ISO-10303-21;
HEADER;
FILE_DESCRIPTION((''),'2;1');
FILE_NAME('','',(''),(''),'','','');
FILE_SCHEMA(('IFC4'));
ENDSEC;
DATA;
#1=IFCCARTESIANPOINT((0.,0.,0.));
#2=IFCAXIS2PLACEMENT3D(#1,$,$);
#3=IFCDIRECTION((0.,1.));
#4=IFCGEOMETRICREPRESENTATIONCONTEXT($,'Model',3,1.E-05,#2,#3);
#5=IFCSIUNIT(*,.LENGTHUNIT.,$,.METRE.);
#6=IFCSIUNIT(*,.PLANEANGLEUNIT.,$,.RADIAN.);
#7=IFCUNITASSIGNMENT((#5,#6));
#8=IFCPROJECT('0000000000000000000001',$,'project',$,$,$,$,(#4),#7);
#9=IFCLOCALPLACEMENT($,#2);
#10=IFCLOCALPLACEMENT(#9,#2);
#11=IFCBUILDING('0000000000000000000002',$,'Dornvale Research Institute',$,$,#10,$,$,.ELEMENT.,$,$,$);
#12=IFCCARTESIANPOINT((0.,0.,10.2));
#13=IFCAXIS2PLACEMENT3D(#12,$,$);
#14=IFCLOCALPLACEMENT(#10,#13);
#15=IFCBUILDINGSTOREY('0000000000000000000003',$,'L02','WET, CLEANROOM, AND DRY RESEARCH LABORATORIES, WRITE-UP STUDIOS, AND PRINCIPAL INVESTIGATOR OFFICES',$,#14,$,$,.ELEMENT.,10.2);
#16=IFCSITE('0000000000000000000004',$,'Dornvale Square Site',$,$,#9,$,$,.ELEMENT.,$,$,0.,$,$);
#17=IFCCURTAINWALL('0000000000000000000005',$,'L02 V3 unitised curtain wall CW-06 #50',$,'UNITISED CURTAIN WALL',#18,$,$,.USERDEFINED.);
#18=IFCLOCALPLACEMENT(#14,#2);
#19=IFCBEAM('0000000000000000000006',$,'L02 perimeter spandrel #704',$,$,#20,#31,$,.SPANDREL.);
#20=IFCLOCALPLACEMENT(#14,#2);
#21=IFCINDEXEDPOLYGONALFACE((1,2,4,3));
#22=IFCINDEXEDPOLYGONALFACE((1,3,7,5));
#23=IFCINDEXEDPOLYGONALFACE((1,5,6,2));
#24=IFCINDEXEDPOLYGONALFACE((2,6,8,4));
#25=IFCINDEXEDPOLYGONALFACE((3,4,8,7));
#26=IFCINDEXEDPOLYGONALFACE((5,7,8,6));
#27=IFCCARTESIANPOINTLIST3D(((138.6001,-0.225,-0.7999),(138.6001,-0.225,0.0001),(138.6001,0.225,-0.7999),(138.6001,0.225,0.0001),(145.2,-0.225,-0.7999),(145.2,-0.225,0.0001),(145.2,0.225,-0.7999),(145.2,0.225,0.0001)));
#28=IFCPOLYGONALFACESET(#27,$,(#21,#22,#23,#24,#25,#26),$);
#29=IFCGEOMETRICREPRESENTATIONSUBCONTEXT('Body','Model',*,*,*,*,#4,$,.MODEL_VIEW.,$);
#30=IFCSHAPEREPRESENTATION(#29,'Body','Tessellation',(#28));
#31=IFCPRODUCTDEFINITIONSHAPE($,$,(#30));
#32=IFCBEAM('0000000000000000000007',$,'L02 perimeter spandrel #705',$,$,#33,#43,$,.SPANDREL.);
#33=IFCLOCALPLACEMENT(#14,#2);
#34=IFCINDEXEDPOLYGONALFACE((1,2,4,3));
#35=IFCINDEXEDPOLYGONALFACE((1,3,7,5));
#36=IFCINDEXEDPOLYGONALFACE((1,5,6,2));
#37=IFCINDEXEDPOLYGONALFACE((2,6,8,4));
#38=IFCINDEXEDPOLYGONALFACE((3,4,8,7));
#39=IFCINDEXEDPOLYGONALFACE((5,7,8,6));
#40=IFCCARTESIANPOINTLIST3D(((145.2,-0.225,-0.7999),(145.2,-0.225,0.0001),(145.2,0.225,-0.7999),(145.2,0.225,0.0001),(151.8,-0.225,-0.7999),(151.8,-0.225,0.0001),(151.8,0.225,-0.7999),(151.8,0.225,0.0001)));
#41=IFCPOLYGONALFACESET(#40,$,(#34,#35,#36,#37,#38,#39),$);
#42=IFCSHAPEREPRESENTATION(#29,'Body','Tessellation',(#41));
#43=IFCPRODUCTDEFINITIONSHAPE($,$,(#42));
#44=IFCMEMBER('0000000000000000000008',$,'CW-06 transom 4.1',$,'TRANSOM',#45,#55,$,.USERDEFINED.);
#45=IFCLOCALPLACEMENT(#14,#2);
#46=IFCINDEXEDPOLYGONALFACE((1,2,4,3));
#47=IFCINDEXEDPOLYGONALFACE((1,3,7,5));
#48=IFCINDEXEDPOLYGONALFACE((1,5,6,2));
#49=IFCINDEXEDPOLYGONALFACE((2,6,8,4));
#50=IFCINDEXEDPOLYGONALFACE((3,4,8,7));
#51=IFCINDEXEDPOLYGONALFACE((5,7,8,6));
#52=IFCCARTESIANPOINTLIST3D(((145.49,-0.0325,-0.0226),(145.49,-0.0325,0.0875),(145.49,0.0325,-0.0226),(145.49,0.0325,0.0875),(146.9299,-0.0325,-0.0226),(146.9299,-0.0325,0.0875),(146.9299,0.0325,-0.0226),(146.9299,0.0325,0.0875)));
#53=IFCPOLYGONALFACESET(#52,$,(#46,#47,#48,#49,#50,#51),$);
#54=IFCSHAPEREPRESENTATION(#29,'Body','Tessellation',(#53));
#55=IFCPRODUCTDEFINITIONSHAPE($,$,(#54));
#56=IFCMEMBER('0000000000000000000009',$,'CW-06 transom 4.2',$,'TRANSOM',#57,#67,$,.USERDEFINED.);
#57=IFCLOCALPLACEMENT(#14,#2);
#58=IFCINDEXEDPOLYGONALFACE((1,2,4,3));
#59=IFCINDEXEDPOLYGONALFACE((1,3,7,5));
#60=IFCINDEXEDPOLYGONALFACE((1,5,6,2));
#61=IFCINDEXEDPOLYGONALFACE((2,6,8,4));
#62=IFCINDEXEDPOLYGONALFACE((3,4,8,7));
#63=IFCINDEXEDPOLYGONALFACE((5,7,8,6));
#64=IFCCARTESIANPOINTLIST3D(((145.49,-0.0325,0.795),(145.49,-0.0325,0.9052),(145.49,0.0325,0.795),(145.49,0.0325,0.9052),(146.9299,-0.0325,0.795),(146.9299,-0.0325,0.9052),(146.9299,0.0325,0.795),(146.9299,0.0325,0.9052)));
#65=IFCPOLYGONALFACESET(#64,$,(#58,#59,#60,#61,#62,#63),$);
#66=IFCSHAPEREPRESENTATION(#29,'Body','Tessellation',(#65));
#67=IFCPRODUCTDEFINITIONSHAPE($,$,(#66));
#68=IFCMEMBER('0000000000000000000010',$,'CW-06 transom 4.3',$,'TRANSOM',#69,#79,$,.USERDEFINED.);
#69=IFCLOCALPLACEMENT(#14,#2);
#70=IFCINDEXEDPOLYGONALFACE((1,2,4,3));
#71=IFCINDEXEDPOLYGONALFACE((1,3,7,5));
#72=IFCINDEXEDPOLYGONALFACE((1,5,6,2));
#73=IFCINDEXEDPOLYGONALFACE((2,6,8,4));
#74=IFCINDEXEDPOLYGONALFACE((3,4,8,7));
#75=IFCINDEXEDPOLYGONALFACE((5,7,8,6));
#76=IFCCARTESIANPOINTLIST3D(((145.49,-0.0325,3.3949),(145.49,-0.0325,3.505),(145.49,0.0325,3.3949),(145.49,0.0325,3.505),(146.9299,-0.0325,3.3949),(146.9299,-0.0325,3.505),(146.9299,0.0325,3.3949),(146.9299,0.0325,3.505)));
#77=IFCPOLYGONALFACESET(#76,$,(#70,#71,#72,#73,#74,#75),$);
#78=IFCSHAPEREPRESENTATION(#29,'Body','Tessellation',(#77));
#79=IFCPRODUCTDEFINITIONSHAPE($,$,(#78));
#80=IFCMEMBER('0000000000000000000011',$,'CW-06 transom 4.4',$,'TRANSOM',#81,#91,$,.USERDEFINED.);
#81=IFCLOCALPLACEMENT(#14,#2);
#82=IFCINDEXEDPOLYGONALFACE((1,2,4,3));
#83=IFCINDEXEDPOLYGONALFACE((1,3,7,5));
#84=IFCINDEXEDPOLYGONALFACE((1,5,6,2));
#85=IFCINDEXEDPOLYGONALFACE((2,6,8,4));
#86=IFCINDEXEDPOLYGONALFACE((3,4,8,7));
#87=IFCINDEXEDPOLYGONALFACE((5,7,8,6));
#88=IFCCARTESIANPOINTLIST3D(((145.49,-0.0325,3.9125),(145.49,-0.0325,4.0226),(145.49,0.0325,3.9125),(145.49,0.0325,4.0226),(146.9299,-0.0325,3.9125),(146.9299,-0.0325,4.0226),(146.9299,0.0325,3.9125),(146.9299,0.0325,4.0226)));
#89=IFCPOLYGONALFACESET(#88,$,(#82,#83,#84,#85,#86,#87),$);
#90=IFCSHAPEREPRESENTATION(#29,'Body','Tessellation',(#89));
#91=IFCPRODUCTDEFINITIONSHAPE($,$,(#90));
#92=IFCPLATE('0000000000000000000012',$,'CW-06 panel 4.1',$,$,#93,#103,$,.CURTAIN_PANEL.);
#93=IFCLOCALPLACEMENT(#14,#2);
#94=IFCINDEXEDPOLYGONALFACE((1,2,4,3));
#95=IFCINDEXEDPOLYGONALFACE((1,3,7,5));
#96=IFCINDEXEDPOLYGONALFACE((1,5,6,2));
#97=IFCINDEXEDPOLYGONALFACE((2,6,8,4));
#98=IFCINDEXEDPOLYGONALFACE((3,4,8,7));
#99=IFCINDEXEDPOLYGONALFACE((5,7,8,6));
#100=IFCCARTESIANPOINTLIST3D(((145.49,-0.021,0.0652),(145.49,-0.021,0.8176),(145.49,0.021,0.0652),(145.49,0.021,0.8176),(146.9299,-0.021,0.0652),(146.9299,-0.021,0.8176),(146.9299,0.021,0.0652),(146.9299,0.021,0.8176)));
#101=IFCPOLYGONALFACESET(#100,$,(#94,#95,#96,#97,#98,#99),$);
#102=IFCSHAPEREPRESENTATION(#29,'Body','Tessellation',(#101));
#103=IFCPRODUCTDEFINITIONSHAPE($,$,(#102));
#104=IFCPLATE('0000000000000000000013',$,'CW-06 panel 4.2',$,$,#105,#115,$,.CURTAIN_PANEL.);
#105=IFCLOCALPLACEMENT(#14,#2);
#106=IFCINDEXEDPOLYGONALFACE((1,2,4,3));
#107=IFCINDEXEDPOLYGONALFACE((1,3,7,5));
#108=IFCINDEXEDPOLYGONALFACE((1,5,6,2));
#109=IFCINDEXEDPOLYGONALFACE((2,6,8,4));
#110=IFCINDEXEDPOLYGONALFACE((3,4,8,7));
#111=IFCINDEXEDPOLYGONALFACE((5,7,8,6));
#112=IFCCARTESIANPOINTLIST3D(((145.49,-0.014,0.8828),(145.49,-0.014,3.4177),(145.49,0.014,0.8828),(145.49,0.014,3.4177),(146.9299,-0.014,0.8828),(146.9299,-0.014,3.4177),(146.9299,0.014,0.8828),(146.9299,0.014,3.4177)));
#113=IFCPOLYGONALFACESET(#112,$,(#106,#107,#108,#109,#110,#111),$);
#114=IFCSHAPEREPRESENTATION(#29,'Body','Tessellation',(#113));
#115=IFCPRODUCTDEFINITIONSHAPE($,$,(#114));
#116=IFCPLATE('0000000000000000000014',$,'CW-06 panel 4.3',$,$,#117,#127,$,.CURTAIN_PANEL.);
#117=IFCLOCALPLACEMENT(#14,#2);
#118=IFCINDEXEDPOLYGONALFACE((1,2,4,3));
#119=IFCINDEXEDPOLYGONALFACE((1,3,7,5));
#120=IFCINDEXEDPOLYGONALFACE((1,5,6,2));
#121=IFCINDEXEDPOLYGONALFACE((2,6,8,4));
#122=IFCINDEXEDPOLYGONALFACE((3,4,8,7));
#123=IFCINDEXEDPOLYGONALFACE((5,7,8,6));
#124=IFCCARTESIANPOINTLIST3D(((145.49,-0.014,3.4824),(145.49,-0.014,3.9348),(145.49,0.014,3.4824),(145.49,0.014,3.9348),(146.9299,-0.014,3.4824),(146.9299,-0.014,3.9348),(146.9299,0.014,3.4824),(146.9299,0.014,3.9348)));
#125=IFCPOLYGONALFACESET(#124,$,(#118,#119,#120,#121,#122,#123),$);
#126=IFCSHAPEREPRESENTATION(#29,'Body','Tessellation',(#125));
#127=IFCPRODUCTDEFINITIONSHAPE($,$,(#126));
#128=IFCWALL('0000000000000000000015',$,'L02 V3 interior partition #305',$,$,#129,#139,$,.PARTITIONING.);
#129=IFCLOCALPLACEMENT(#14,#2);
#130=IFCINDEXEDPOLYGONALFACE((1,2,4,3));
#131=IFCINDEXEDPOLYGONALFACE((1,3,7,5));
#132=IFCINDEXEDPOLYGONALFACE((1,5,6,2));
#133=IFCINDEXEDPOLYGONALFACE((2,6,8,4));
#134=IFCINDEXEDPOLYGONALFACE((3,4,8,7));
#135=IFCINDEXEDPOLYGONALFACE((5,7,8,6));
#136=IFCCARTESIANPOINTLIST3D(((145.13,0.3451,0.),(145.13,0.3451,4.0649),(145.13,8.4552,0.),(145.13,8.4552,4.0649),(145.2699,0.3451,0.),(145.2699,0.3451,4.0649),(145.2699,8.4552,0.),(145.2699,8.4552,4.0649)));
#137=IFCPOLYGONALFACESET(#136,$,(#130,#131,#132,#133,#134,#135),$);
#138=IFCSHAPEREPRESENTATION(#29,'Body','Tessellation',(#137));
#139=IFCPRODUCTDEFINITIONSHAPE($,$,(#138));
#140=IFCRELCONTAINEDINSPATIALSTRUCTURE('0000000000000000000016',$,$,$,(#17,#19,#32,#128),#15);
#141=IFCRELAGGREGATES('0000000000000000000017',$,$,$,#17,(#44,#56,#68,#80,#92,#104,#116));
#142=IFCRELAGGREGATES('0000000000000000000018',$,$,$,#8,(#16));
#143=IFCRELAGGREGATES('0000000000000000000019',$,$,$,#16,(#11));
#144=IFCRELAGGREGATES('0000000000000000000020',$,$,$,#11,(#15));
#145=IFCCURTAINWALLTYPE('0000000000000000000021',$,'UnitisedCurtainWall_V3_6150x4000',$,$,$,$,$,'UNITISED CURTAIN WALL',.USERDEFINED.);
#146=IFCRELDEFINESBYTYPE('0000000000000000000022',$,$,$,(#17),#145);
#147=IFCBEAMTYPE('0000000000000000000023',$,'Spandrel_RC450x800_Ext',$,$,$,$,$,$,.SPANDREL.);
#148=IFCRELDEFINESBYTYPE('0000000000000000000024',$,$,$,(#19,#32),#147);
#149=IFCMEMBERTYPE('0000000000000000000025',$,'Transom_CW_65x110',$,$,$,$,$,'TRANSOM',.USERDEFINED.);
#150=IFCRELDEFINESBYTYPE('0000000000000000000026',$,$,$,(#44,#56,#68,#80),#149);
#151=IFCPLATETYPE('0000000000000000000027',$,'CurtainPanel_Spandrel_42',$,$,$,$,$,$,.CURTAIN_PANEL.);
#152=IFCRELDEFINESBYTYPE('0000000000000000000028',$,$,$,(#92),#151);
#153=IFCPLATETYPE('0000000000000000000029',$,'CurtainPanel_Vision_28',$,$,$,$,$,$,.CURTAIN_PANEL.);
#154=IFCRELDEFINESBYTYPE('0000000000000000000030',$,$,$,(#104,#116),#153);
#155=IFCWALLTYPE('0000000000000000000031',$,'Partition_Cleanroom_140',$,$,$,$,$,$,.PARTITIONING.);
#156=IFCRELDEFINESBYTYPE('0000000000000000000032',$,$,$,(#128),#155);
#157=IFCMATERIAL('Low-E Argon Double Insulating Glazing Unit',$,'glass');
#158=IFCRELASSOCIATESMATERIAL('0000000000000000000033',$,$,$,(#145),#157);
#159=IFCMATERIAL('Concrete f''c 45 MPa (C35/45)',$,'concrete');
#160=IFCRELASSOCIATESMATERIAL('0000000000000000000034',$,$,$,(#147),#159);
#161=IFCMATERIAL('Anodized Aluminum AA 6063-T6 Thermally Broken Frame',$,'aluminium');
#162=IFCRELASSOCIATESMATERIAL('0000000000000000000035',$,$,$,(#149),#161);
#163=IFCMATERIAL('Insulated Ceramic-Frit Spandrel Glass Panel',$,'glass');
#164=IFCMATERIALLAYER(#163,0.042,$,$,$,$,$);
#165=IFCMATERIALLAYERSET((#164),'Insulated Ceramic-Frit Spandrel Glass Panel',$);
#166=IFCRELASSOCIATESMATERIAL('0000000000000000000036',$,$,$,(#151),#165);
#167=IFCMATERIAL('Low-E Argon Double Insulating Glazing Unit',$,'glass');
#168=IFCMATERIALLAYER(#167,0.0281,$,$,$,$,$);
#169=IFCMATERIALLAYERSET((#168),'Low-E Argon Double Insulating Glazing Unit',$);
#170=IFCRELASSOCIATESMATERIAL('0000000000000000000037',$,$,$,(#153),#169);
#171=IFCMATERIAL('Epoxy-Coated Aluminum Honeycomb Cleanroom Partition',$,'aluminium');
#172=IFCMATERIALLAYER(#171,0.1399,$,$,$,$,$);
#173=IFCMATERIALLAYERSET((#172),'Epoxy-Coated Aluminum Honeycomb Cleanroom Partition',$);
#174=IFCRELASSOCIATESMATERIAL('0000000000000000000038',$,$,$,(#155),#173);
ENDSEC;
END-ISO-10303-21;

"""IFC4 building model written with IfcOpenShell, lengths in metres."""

from ifc_helpers import new_model, si_unit, direction, frame, frame_2d, origin, origin_2d, place, context, subcontext, project, spatial, rectangle, extrude, material, layer, layer_set, material_profile, profile_set, type_object, element, aggregate, save


model = new_model("IFC4")

# Units and contexts
model_context = context("Model", 3, precision=1e-05, world=origin(), true_north=direction((0.0, 1.0)))
body_context = subcontext(model_context, "Body", "Model", "MODEL_VIEW")
ifc_project = project(units=[si_unit("LENGTHUNIT", "METRE"), si_unit("PLANEANGLEUNIT", "RADIAN")], contexts=[model_context])

# Site, building, storey
site_placement = place(None, origin())
site = spatial("IfcSite", under=ifc_project, at=site_placement, Name="Dornvale Square Site", CompositionType="ELEMENT", RefElevation=0.0)
building_placement = place(site_placement, origin())
building = spatial("IfcBuilding", under=site, at=building_placement, Name="Dornvale Research Institute", CompositionType="ELEMENT")
storey_placement = place(building_placement, frame((0.0, 0.0, 10.2)))
storey = spatial("IfcBuildingStorey", under=building, at=storey_placement, Name="L02", Description="WET, CLEANROOM, AND DRY RESEARCH LABORATORIES, WRITE-UP STUDIOS, AND PRINCIPAL INVESTIGATOR OFFICES", CompositionType="ELEMENT", Elevation=10.2)

# Curtain wall
ifc_material_1 = material(Name="Low-E Argon Double Insulating Glazing Unit", Category="glass")
curtain_wall_type = type_object("IfcCurtainWallType", Name="UnitisedCurtainWall_V3_6150x4000", ElementType="UNITISED CURTAIN WALL", PredefinedType="USERDEFINED", material=ifc_material_1)
curtain_wall_1_placement = place(storey_placement, origin())
curtain_wall_1 = element("IfcCurtainWall", 1, at=curtain_wall_1_placement, inside=storey, type_object=curtain_wall_type, Name="L02 V3 unitised curtain wall CW-06 #50", ObjectType="UNITISED CURTAIN WALL", PredefinedType="USERDEFINED")

# Beams
ifc_material_2 = material(Name="Concrete f'c 45 MPa (C35/45)", Category="concrete")
ifc_material_profile_1 = material_profile(ifc_material_2, rectangle(XDim=0.45, YDim=0.8, at=origin_2d()), Name="RC 450x800")
ifc_profile_set_1 = profile_set([ifc_material_profile_1], Name="Concrete f'c 45 MPa (C35/45)")
beam_type_1 = type_object("IfcBeamType", Name="Spandrel_RC450x800_Ext", PredefinedType="SPANDREL", material=ifc_profile_set_1)
beam_1_placement = place(storey_placement, frame((138.6001, 0.0, -0.3999), z_axis=(1.0, 0.0, 0.0), x_axis=(0.0, 1.0, 0.0)))
element("IfcBeam", 2, at=beam_1_placement, inside=storey, type_object=beam_type_1, Name="L02 perimeter spandrel #704", PredefinedType="SPANDREL", context=body_context, shape_type="SweptSolid", body=[
    extrude(rectangle(XDim=0.45, YDim=0.8, at=origin_2d()), origin(), (0.0, 0.0, 1.0), 6.5999),
])
beam_2_placement = place(storey_placement, frame((145.2, 0.0, -0.3999), z_axis=(1.0, 0.0, 0.0), x_axis=(0.0, 1.0, 0.0)))
element("IfcBeam", 3, at=beam_2_placement, inside=storey, type_object=beam_type_1, Name="L02 perimeter spandrel #705", PredefinedType="SPANDREL", context=body_context, shape_type="SweptSolid", body=[
    extrude(rectangle(XDim=0.45, YDim=0.8, at=origin_2d()), origin(), (0.0, 0.0, 1.0), 6.6001),
])

# Members
ifc_material_3 = material(Name="Anodized Aluminum AA 6063-T6 Thermally Broken Frame", Category="aluminium")
ifc_material_profile_2 = material_profile(ifc_material_3, rectangle(XDim=0.0649, YDim=0.1101, at=origin_2d()), Name="ALU TRANSOM 65x110")
ifc_profile_set_2 = profile_set([ifc_material_profile_2], Name="Anodized Aluminum AA 6063-T6 Thermally Broken Frame")
member_type_1 = type_object("IfcMemberType", Name="Transom_CW_65x110", ElementType="TRANSOM", PredefinedType="USERDEFINED", material=ifc_profile_set_2)
member_1_placement = place(storey_placement, frame((146.9299, 0.0, 0.0325), z_axis=(-1.0, 0.0, 0.0), x_axis=(0.0, -1.0, 0.0)))
member_1 = element("IfcMember", 4, at=member_1_placement, type_object=member_type_1, Name="CW-06 transom 4.1", ObjectType="TRANSOM", PredefinedType="USERDEFINED", context=body_context, shape_type="SweptSolid", body=[
    extrude(rectangle(XDim=0.0649, YDim=0.1101, at=origin_2d()), origin(), (0.0, 0.0, 1.0), 1.4399),
])
member_2_placement = place(storey_placement, frame((146.9299, 0.0, 0.8501), z_axis=(-1.0, 0.0, 0.0), x_axis=(0.0, -1.0, 0.0)))
member_2 = element("IfcMember", 5, at=member_2_placement, type_object=member_type_1, Name="CW-06 transom 4.2", ObjectType="TRANSOM", PredefinedType="USERDEFINED", context=body_context, shape_type="SweptSolid", body=[
    extrude(rectangle(XDim=0.0649, YDim=0.1101, at=origin_2d()), origin(), (0.0, 0.0, 1.0), 1.4399),
])
member_3_placement = place(storey_placement, frame((146.9299, 0.0, 3.45), z_axis=(-1.0, 0.0, 0.0), x_axis=(0.0, -1.0, 0.0)))
member_3 = element("IfcMember", 6, at=member_3_placement, type_object=member_type_1, Name="CW-06 transom 4.3", ObjectType="TRANSOM", PredefinedType="USERDEFINED", context=body_context, shape_type="SweptSolid", body=[
    extrude(rectangle(XDim=0.0649, YDim=0.1101, at=origin_2d()), origin(), (0.0, 0.0, 1.0), 1.4399),
])
member_4_placement = place(storey_placement, frame((146.9299, 0.0, 3.9675), z_axis=(-1.0, 0.0, 0.0), x_axis=(0.0, -1.0, 0.0)))
member_4 = element("IfcMember", 7, at=member_4_placement, type_object=member_type_1, Name="CW-06 transom 4.4", ObjectType="TRANSOM", PredefinedType="USERDEFINED", context=body_context, shape_type="SweptSolid", body=[
    extrude(rectangle(XDim=0.0649, YDim=0.1101, at=origin_2d()), origin(), (0.0, 0.0, 1.0), 1.4399),
])

# Plates
ifc_material_4 = material(Name="Insulated Ceramic-Frit Spandrel Glass Panel", Category="glass")
ifc_layer_1 = layer(ifc_material_4, 0.042)
ifc_layer_set_1 = layer_set([ifc_layer_1], Name="Insulated Ceramic-Frit Spandrel Glass Panel")
plate_type_1 = type_object("IfcPlateType", Name="CurtainPanel_Spandrel_42", PredefinedType="CURTAIN_PANEL", material=ifc_layer_set_1)
plate_1_placement = place(storey_placement, frame((146.21, 0.0, 0.0652), z_axis=(0.0, 0.0, 1.0), x_axis=(-1.0, 0.0, 0.0)))
plate_1 = element("IfcPlate", 8, at=plate_1_placement, type_object=plate_type_1, Name="CW-06 panel 4.1", PredefinedType="CURTAIN_PANEL", context=body_context, shape_type="SweptSolid", body=[
    extrude(rectangle(XDim=1.4399, YDim=0.042, at=origin_2d()), origin(), (0.0, 0.0, 1.0), 0.7524),
])
ifc_material_5 = material(Name="Low-E Argon Double Insulating Glazing Unit", Category="glass")
ifc_layer_2 = layer(ifc_material_5, 0.0281)
ifc_layer_set_2 = layer_set([ifc_layer_2], Name="Low-E Argon Double Insulating Glazing Unit")
plate_type_2 = type_object("IfcPlateType", Name="CurtainPanel_Vision_28", PredefinedType="CURTAIN_PANEL", material=ifc_layer_set_2)
plate_2_placement = place(storey_placement, frame((146.21, 0.0, 0.8828), z_axis=(0.0, 0.0, 1.0), x_axis=(-1.0, 0.0, 0.0)))
plate_2 = element("IfcPlate", 9, at=plate_2_placement, type_object=plate_type_2, Name="CW-06 panel 4.2", PredefinedType="CURTAIN_PANEL", context=body_context, shape_type="SweptSolid", body=[
    extrude(rectangle(XDim=1.4399, YDim=0.0281, at=origin_2d()), origin(), (0.0, 0.0, 1.0), 2.5349),
])
plate_3_placement = place(storey_placement, frame((146.21, 0.0, 3.4824), z_axis=(0.0, 0.0, 1.0), x_axis=(-1.0, 0.0, 0.0)))
plate_3 = element("IfcPlate", 10, at=plate_3_placement, type_object=plate_type_2, Name="CW-06 panel 4.3", PredefinedType="CURTAIN_PANEL", context=body_context, shape_type="SweptSolid", body=[
    extrude(rectangle(XDim=1.4399, YDim=0.0281, at=origin_2d()), origin(), (0.0, 0.0, 1.0), 0.4524),
])
aggregate(curtain_wall_1, [member_1, member_2, member_3, member_4, plate_1, plate_2, plate_3])

# Wall
ifc_material_6 = material(Name="Epoxy-Coated Aluminum Honeycomb Cleanroom Partition", Category="aluminium")
ifc_layer_3 = layer(ifc_material_6, 0.1399)
ifc_layer_set_3 = layer_set([ifc_layer_3], Name="Epoxy-Coated Aluminum Honeycomb Cleanroom Partition")
wall_type_1 = type_object("IfcWallType", Name="Partition_Cleanroom_140", PredefinedType="PARTITIONING", material=ifc_layer_set_3)
wall_1_placement = place(storey_placement, frame((145.2, 0.345, 0.0), z_axis=(0.0, 0.0, 1.0), x_axis=(0.0, 1.0, 0.0)))
element("IfcWall", 11, at=wall_1_placement, inside=storey, type_object=wall_type_1, Name="L02 V3 interior partition #305", PredefinedType="PARTITIONING", context=body_context, shape_type="SweptSolid", body=[
    extrude(rectangle(XDim=8.1101, YDim=0.1399, at=frame_2d((4.0552, 0.0))), origin(), (0.0, 0.0, 1.0), 4.0649),
])

save(model, "model.ifc")
